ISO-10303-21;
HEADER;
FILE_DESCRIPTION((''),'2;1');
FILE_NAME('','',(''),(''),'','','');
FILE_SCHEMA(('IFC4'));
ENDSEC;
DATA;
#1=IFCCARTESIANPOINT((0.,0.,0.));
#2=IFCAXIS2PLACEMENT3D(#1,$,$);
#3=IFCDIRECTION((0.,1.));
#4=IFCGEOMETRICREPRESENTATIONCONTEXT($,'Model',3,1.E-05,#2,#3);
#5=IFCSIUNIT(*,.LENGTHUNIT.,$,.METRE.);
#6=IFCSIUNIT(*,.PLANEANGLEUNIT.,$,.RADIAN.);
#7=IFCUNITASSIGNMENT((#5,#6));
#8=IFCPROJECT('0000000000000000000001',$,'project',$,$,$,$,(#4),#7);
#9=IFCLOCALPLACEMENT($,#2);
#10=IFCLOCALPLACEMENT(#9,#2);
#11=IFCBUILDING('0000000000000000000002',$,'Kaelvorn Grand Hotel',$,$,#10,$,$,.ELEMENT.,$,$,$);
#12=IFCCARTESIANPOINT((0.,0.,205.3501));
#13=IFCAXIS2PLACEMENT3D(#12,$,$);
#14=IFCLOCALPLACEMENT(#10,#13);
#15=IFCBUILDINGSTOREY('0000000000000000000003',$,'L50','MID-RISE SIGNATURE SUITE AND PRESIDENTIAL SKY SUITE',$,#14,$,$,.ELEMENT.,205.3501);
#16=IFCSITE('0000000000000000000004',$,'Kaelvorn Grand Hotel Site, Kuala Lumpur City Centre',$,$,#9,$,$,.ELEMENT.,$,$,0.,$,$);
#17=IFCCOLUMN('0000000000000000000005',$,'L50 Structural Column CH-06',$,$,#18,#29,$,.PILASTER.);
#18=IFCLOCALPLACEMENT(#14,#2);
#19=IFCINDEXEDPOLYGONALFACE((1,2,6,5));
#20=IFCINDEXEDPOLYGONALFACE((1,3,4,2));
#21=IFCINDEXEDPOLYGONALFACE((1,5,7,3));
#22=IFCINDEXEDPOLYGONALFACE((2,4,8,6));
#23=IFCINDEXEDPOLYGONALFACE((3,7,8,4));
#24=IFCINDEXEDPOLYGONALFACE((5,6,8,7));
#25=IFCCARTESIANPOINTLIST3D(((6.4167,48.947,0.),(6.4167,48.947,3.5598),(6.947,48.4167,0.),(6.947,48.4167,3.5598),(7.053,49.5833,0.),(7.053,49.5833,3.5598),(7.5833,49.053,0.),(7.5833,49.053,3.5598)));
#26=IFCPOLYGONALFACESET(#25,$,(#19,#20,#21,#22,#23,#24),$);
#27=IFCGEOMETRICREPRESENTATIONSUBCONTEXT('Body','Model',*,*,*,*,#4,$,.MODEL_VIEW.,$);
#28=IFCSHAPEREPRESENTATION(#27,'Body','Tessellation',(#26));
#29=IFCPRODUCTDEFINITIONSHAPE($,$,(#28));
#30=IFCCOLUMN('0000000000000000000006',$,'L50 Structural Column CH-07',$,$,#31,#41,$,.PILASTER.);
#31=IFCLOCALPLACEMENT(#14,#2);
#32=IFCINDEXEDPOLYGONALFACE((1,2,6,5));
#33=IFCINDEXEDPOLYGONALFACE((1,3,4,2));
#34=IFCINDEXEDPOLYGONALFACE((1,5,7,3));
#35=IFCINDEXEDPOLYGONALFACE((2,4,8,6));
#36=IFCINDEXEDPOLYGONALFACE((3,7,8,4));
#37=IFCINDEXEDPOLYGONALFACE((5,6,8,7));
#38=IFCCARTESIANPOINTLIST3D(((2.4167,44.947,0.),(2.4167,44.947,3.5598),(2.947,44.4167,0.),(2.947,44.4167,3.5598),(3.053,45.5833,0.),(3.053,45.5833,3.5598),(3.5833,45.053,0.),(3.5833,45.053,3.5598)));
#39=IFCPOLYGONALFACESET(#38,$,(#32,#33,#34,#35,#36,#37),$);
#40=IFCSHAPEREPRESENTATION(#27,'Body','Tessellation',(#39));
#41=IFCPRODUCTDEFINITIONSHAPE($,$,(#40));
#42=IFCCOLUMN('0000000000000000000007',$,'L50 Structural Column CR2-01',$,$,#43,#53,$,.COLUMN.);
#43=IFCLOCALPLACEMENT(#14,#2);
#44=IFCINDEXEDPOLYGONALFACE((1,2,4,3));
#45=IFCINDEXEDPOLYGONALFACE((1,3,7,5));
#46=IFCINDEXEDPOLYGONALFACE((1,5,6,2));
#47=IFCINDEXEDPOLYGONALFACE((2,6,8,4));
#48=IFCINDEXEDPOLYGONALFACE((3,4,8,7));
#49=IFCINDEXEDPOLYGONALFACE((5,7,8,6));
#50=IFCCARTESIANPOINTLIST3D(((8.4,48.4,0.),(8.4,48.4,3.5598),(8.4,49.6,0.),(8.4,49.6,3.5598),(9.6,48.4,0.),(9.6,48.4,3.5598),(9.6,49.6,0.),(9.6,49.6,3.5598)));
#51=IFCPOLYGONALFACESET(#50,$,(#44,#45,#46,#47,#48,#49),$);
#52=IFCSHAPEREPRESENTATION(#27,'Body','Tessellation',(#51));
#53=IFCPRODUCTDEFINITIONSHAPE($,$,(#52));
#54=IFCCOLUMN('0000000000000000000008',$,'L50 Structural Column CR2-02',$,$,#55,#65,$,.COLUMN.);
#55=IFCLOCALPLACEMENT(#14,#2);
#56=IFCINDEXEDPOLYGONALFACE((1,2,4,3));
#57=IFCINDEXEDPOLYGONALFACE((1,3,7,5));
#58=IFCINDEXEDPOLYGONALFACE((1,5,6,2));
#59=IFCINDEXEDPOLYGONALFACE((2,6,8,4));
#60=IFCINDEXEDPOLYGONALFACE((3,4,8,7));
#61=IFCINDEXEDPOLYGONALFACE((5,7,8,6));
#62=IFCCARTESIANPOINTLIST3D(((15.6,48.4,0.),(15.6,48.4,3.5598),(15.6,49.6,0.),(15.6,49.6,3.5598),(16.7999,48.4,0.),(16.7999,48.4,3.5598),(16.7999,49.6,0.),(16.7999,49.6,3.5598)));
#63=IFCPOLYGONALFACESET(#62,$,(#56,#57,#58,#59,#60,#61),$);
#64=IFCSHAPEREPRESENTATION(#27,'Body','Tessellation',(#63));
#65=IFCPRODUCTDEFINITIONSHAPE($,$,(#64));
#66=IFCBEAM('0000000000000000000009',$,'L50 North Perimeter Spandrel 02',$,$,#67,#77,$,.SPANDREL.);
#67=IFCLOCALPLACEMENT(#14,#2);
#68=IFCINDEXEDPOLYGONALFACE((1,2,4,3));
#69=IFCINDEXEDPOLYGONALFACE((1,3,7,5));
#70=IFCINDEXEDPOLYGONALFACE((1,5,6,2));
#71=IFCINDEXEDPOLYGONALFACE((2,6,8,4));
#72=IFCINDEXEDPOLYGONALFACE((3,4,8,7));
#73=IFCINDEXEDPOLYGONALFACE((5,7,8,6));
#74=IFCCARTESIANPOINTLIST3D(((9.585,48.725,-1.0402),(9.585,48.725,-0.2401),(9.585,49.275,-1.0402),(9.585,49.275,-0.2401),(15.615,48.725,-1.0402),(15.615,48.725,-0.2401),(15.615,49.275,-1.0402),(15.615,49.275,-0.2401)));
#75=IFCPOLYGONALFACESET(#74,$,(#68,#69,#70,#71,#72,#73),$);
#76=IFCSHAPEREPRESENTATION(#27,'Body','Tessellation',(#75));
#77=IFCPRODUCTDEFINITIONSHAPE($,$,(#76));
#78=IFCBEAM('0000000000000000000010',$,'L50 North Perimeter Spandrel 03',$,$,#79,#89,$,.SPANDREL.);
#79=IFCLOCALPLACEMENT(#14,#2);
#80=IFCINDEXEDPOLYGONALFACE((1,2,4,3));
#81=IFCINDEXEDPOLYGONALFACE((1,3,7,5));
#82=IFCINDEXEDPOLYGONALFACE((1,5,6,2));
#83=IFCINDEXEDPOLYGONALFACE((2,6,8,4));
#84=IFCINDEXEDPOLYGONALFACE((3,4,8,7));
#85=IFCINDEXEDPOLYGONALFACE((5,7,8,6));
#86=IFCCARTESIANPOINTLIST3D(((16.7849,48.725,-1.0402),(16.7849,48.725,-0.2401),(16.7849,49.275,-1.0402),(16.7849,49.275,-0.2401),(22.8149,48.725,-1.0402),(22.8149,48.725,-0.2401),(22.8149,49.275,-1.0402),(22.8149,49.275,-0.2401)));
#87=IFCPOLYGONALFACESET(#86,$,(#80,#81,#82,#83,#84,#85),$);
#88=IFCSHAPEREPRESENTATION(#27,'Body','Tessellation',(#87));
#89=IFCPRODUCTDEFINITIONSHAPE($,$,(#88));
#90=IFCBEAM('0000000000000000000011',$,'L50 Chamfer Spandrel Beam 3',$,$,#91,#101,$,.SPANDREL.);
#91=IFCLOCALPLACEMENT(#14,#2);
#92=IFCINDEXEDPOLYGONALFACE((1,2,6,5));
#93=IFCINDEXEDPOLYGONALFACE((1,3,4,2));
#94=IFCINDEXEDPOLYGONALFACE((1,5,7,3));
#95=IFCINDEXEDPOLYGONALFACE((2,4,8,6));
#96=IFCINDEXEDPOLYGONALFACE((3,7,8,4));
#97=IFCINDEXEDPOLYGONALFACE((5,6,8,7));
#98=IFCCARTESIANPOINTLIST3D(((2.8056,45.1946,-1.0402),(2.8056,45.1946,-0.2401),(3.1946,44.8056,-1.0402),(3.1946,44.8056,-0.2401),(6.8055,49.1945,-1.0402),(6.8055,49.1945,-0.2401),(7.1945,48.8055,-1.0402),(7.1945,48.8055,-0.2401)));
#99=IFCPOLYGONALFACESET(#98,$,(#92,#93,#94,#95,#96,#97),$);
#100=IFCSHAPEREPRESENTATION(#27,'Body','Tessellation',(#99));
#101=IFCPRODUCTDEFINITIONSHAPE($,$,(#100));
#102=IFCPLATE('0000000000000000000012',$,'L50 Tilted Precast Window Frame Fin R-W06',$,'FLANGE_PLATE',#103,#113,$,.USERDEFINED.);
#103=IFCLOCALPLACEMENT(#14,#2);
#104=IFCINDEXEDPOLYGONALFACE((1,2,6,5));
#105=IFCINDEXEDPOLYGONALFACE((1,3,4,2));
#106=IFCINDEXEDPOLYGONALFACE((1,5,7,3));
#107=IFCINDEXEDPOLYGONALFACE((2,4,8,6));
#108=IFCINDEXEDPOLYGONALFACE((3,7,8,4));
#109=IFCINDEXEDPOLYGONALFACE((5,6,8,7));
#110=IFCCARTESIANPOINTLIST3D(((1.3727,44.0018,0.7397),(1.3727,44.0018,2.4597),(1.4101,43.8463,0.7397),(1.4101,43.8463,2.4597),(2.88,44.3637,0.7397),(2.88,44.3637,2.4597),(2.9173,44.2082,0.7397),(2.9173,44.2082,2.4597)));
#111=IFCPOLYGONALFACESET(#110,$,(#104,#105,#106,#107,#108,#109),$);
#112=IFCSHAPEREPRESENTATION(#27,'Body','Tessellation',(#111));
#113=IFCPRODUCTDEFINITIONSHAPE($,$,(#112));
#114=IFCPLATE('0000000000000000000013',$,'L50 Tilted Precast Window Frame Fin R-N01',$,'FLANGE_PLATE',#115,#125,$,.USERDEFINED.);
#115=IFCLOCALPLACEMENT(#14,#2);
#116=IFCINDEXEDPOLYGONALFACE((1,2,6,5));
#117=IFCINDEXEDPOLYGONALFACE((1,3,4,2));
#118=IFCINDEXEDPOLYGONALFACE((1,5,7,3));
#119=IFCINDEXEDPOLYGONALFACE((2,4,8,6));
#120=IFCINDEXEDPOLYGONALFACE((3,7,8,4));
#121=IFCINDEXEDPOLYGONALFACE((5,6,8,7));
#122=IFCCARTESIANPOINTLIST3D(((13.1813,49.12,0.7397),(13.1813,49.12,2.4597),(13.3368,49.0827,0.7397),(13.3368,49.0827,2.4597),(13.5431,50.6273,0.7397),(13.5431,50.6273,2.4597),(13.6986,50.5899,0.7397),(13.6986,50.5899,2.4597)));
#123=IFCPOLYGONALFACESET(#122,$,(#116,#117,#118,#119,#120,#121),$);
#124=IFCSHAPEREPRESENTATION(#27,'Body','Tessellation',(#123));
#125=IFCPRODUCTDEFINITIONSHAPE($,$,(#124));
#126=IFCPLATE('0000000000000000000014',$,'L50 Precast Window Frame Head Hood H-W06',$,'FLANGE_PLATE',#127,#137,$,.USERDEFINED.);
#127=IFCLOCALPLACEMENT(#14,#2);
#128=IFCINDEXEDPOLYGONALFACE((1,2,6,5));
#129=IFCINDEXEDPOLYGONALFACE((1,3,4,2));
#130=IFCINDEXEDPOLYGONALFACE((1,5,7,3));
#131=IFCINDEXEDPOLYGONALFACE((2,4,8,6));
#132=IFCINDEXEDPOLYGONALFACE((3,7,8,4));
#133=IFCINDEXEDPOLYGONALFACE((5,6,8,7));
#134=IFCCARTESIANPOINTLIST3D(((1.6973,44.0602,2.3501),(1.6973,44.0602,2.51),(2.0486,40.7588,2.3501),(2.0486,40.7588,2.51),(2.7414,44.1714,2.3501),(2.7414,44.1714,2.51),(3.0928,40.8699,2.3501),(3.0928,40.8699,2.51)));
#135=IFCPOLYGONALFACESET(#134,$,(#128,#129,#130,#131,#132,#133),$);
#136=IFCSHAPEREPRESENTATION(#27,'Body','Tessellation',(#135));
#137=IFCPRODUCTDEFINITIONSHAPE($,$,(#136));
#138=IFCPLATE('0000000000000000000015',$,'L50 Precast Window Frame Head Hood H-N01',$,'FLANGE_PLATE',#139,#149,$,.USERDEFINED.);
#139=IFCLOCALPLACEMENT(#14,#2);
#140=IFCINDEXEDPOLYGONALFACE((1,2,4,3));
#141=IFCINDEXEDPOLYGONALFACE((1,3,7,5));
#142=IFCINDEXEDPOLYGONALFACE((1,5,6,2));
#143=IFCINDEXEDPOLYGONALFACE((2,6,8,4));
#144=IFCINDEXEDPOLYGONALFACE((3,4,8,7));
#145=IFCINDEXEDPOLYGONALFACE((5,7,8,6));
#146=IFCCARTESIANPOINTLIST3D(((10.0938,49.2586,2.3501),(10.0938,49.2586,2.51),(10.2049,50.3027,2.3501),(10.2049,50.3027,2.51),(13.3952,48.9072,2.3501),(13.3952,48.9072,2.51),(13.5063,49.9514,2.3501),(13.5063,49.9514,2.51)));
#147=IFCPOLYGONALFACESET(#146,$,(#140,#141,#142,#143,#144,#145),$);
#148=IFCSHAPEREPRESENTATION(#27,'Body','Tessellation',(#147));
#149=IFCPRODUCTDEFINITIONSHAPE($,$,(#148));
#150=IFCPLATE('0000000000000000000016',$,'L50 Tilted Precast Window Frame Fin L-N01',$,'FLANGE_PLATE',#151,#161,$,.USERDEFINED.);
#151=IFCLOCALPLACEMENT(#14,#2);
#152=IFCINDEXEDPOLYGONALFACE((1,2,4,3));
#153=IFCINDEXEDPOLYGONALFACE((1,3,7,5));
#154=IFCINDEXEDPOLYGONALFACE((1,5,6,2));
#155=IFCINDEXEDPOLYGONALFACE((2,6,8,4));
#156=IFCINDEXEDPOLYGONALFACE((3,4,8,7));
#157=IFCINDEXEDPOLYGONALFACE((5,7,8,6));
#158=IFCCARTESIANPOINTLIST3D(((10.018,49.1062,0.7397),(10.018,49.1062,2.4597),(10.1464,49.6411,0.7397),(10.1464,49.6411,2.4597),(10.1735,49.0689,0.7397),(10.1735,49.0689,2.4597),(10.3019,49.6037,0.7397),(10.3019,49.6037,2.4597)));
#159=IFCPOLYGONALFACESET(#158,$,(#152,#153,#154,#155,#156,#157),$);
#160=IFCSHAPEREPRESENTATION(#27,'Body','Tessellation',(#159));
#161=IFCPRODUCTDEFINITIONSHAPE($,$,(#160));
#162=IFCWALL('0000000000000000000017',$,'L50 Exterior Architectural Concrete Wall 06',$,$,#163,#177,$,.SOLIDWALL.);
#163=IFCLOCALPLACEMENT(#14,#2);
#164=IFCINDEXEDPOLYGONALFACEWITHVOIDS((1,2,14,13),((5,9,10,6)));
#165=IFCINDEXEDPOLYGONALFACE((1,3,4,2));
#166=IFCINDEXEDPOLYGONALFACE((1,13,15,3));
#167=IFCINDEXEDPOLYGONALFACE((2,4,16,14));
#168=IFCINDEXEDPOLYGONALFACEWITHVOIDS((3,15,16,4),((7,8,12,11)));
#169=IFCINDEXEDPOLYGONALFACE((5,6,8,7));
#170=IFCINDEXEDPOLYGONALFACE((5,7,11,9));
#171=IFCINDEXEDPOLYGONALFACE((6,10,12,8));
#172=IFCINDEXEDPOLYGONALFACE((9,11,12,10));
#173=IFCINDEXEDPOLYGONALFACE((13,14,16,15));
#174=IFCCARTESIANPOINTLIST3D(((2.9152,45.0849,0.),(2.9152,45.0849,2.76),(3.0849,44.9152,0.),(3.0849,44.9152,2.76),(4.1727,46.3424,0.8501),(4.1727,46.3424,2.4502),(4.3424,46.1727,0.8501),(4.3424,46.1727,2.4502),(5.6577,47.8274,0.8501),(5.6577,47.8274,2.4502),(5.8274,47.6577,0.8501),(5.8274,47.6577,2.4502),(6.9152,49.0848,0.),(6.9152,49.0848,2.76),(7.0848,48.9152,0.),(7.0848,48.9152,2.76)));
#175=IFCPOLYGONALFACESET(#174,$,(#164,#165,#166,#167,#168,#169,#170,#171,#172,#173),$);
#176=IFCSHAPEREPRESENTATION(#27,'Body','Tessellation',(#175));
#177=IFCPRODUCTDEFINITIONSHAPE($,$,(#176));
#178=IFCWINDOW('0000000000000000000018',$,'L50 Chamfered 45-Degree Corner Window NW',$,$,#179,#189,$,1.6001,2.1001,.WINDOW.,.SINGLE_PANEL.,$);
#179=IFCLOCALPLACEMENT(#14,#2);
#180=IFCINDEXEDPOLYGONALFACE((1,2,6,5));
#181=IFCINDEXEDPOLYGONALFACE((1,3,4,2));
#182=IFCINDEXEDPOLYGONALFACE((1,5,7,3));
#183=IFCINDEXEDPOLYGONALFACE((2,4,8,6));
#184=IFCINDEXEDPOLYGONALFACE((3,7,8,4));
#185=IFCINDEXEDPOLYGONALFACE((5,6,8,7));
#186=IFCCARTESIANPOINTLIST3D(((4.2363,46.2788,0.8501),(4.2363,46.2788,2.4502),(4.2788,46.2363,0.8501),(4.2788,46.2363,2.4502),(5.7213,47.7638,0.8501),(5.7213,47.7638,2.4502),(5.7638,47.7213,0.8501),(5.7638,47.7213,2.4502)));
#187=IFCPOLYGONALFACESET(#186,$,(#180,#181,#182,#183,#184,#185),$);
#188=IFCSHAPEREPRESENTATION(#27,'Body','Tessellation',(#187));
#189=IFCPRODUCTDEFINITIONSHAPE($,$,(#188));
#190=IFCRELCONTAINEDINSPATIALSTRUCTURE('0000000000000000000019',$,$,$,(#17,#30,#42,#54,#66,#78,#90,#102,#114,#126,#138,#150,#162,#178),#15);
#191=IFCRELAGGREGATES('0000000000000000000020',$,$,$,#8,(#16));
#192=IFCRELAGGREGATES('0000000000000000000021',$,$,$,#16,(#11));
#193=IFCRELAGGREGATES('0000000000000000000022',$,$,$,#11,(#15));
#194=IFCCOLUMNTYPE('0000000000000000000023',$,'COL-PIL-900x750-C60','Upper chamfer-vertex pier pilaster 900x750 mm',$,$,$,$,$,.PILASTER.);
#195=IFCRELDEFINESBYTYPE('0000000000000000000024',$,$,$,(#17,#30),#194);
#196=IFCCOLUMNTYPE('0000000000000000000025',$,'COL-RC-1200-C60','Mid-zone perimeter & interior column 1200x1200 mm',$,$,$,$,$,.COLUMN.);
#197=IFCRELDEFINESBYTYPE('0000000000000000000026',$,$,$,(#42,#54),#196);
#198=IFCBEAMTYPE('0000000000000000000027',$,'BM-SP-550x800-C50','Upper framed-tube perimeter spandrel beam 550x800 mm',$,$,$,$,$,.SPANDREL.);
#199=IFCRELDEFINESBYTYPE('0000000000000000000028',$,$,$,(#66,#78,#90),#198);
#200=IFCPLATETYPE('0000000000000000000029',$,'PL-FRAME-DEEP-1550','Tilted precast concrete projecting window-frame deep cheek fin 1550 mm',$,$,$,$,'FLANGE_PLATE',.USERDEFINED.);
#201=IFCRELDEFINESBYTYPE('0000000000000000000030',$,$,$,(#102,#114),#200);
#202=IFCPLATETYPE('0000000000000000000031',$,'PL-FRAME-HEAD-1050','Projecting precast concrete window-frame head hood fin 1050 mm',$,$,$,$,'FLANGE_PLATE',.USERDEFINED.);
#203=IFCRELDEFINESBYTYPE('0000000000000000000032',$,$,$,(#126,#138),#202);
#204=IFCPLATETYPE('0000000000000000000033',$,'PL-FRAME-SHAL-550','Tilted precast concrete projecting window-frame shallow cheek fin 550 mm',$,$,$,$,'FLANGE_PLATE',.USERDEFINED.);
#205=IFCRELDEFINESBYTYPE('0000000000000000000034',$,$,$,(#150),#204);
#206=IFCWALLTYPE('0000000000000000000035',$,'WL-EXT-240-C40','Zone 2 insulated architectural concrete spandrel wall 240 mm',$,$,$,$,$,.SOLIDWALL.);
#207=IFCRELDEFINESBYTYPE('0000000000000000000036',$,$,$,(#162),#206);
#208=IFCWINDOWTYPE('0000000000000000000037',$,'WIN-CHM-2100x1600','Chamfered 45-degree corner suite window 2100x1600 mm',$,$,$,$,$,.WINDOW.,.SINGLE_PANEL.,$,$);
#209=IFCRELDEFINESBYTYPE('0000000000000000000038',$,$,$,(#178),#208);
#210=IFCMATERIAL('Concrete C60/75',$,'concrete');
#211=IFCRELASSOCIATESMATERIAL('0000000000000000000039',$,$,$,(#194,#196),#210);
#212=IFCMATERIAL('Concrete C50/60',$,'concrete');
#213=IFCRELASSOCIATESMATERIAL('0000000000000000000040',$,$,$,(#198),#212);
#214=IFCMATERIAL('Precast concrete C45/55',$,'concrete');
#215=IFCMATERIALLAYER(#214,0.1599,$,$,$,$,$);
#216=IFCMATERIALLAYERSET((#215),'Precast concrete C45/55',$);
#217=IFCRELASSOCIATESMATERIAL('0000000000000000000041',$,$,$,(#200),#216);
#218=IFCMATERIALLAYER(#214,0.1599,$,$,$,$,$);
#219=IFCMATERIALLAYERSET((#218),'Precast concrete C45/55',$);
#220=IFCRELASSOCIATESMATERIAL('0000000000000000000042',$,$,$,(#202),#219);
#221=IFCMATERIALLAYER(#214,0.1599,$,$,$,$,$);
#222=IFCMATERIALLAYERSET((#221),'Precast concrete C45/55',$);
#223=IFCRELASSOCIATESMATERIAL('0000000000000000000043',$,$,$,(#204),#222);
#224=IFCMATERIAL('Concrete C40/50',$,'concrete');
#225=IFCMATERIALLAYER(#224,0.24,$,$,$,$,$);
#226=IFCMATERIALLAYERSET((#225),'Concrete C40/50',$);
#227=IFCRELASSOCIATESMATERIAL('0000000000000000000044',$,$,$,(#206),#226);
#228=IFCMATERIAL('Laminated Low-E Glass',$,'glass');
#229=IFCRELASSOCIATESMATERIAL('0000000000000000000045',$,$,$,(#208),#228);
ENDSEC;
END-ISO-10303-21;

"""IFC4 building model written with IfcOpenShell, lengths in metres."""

from ifc_helpers import new_model, si_unit, direction, frame, frame_2d, origin, origin_2d, place, context, subcontext, project, spatial, rectangle, extrude, material, layer, layer_set, material_profile, profile_set, type_object, element, fill, save


model = new_model("IFC4")

# Units and contexts
model_context = context("Model", 3, precision=1e-05, world=origin(), true_north=direction((0.0, 1.0)))
body_context = subcontext(model_context, "Body", "Model", "MODEL_VIEW")
ifc_project = project(units=[si_unit("LENGTHUNIT", "METRE"), si_unit("PLANEANGLEUNIT", "RADIAN")], contexts=[model_context])

# Site, building, storey
site_placement = place(None, origin())
site = spatial("IfcSite", under=ifc_project, at=site_placement, Name="Kaelvorn Grand Hotel Site, Kuala Lumpur City Centre", CompositionType="ELEMENT", RefElevation=0.0)
building_placement = place(site_placement, origin())
building = spatial("IfcBuilding", under=site, at=building_placement, Name="Kaelvorn Grand Hotel", CompositionType="ELEMENT")
storey_placement = place(building_placement, frame((0.0, 0.0, 205.3501)))
storey = spatial("IfcBuildingStorey", under=building, at=storey_placement, Name="L50", Description="MID-RISE SIGNATURE SUITE AND PRESIDENTIAL SKY SUITE", CompositionType="ELEMENT", Elevation=205.3501)

# Columns
ifc_material_1 = material(Name="Concrete C60/75", Category="concrete")
ifc_material_profile_1 = material_profile(ifc_material_1, rectangle(XDim=0.8999, YDim=0.75, at=origin_2d()), Name="RC PILASTER 900x750")
ifc_profile_set_1 = profile_set([ifc_material_profile_1], Name="Concrete C60/75")
column_type_1 = type_object("IfcColumnType", Name="COL-PIL-900x750-C60", Description="Upper chamfer-vertex pier pilaster 900x750 mm", PredefinedType="PILASTER", material=ifc_profile_set_1)
for number, where, z_axis, x_axis, name in (
    (1, (7.0, 49.0, 0.0), (0.0, 0.0, 1.0), (0.707107, 0.707107, 0.0), "L50 Structural Column CH-06"),
    (2, (3.0, 45.0, 0.0), (0.0, 0.0, 1.0), (0.707107, 0.707107, 0.0), "L50 Structural Column CH-07"),
):
    element("IfcColumn", number, at=place(storey_placement, frame(where, z_axis=z_axis, x_axis=x_axis)), inside=storey, type_object=column_type_1, Name=name, PredefinedType="PILASTER", context=body_context, shape_type="SweptSolid", body=[
        extrude(rectangle(XDim=0.8999, YDim=0.75, at=origin_2d()), origin(), (0.0, 0.0, 1.0), 3.5598),
    ])
ifc_material_profile_2 = material_profile(ifc_material_1, rectangle(XDim=1.2, YDim=1.2, at=origin_2d()), Name="RC COL 1200x1200")
ifc_profile_set_2 = profile_set([ifc_material_profile_2], Name="Concrete C60/75")
column_type_2 = type_object("IfcColumnType", Name="COL-RC-1200-C60", Description="Mid-zone perimeter & interior column 1200x1200 mm", PredefinedType="COLUMN", material=ifc_profile_set_2)
for number, where, z_axis, x_axis, name in (
    (3, (9.0, 49.0, 0.0), (0.0, 0.0, 1.0), (1.0, 0.0, 0.0), "L50 Structural Column CR2-01"),
    (4, (16.2, 49.0, 0.0), (0.0, 0.0, 1.0), (1.0, 0.0, 0.0), "L50 Structural Column CR2-02"),
):
    element("IfcColumn", number, at=place(storey_placement, frame(where, z_axis=z_axis, x_axis=x_axis)), inside=storey, type_object=column_type_2, Name=name, PredefinedType="COLUMN", context=body_context, shape_type="SweptSolid", body=[
        extrude(rectangle(XDim=1.2, YDim=1.2, at=origin_2d()), origin(), (0.0, 0.0, 1.0), 3.5598),
    ])

# Beams
ifc_material_2 = material(Name="Concrete C50/60", Category="concrete")
ifc_material_profile_3 = material_profile(ifc_material_2, rectangle(XDim=0.55, YDim=0.8, at=origin_2d()), Name="RC SPANDREL 550x800")
ifc_profile_set_3 = profile_set([ifc_material_profile_3], Name="Concrete C50/60")
beam_type = type_object("IfcBeamType", Name="BM-SP-550x800-C50", Description="Upper framed-tube perimeter spandrel beam 550x800 mm", PredefinedType="SPANDREL", material=ifc_profile_set_3)
for number, where, z_axis, x_axis, name in (
    (5, (9.585, 49.0, -0.6401), (1.0, 0.0, 0.0), (0.0, 1.0, 0.0), "L50 North Perimeter Spandrel 02"),
    (6, (16.7849, 49.0, -0.6401), (1.0, 0.0, 0.0), (0.0, 1.0, 0.0), "L50 North Perimeter Spandrel 03"),
):
    element("IfcBeam", number, at=place(storey_placement, frame(where, z_axis=z_axis, x_axis=x_axis)), inside=storey, type_object=beam_type, Name=name, PredefinedType="SPANDREL", context=body_context, shape_type="SweptSolid", body=[
        extrude(rectangle(XDim=0.55, YDim=0.8, at=origin_2d()), origin(), (0.0, 0.0, 1.0), 6.03),
    ])
beam_placement = place(storey_placement, frame((7.0, 49.0, -0.6401), z_axis=(-0.707107, -0.707107, 0.0), x_axis=(0.707107, -0.707107, 0.0)))
element("IfcBeam", 7, at=beam_placement, inside=storey, type_object=beam_type, Name="L50 Chamfer Spandrel Beam 3", PredefinedType="SPANDREL", context=body_context, shape_type="SweptSolid", body=[
    extrude(rectangle(XDim=0.55, YDim=0.8, at=origin_2d()), origin(), (0.0, 0.0, 1.0), 5.6567),
])

# Plates
ifc_material_3 = material(Name="Precast concrete C45/55", Category="concrete")
ifc_layer_1 = layer(ifc_material_3, 0.1599)
ifc_layer_set_1 = layer_set([ifc_layer_1], Name="Precast concrete C45/55")
plate_type_1 = type_object("IfcPlateType", Name="PL-FRAME-DEEP-1550", Description="Tilted precast concrete projecting window-frame deep cheek fin 1550 mm", ElementType="FLANGE_PLATE", PredefinedType="USERDEFINED", material=ifc_layer_set_1)
for number, where, z_axis, x_axis, name in (
    (8, (2.145, 44.105, 0.7397), (0.0, 0.0, 1.0), (-0.233445, 0.97237, 0.0), "L50 Tilted Precast Window Frame Fin R-W06"),
    (9, (13.4399, 49.855, 0.7397), (0.0, 0.0, 1.0), (0.97237, -0.233445, 0.0), "L50 Tilted Precast Window Frame Fin R-N01"),
):
    element("IfcPlate", number, at=place(storey_placement, frame(where, z_axis=z_axis, x_axis=x_axis)), inside=storey, type_object=plate_type_1, Name=name, ObjectType="FLANGE_PLATE", PredefinedType="USERDEFINED", context=body_context, shape_type="SweptSolid", body=[
        extrude(rectangle(XDim=0.1599, YDim=1.55, at=origin_2d()), origin(), (0.0, 0.0, 1.0), 1.72),
    ])
ifc_layer_2 = layer(ifc_material_3, 0.1599)
ifc_layer_set_2 = layer_set([ifc_layer_2], Name="Precast concrete C45/55")
plate_type_2 = type_object("IfcPlateType", Name="PL-FRAME-HEAD-1050", Description="Projecting precast concrete window-frame head hood fin 1050 mm", ElementType="FLANGE_PLATE", PredefinedType="USERDEFINED", material=ifc_layer_set_2)
for number, where, z_axis, x_axis, name in (
    (10, (2.395, 42.4651, 2.3501), (0.0, 0.0, 1.0), (-0.10583, 0.994384, 0.0), "L50 Precast Window Frame Head Hood H-W06"),
    (11, (11.8, 49.605, 2.3501), (0.0, 0.0, 1.0), (0.994384, -0.10583, 0.0), "L50 Precast Window Frame Head Hood H-N01"),
):
    element("IfcPlate", number, at=place(storey_placement, frame(where, z_axis=z_axis, x_axis=x_axis)), inside=storey, type_object=plate_type_2, Name=name, ObjectType="FLANGE_PLATE", PredefinedType="USERDEFINED", context=body_context, shape_type="SweptSolid", body=[
        extrude(rectangle(XDim=3.3201, YDim=1.05, at=origin_2d()), origin(), (0.0, 0.0, 1.0), 0.1599),
    ])
ifc_layer_3 = layer(ifc_material_3, 0.1599)
ifc_layer_set_3 = layer_set([ifc_layer_3], Name="Precast concrete C45/55")
plate_type_3 = type_object("IfcPlateType", Name="PL-FRAME-SHAL-550", Description="Tilted precast concrete projecting window-frame shallow cheek fin 550 mm", ElementType="FLANGE_PLATE", PredefinedType="USERDEFINED", material=ifc_layer_set_3)
plate_placement = place(storey_placement, frame((10.1599, 49.355, 0.7397), z_axis=(0.0, 0.0, 1.0), x_axis=(0.97237, -0.233445, 0.0)))
element("IfcPlate", 12, at=plate_placement, inside=storey, type_object=plate_type_3, Name="L50 Tilted Precast Window Frame Fin L-N01", ObjectType="FLANGE_PLATE", PredefinedType="USERDEFINED", context=body_context, shape_type="SweptSolid", body=[
    extrude(rectangle(XDim=0.1599, YDim=0.55, at=origin_2d()), origin(), (0.0, 0.0, 1.0), 1.72),
])

# Wall, opening, window
ifc_material_4 = material(Name="Concrete C40/50", Category="concrete")
ifc_layer_4 = layer(ifc_material_4, 0.24)
ifc_layer_set_4 = layer_set([ifc_layer_4], Name="Concrete C40/50")
wall_type_1 = type_object("IfcWallType", Name="WL-EXT-240-C40", Description="Zone 2 insulated architectural concrete spandrel wall 240 mm", PredefinedType="SOLIDWALL", material=ifc_layer_set_4)
wall_1_placement = place(storey_placement, frame((7.0, 49.0, 0.0), z_axis=(0.0, 0.0, 1.0), x_axis=(-0.707107, -0.707107, 0.0)))
wall_1 = element("IfcWall", 13, at=wall_1_placement, inside=storey, type_object=wall_type_1, Name="L50 Exterior Architectural Concrete Wall 06", PredefinedType="SOLIDWALL", context=body_context, shape_type="SweptSolid", body=[
    extrude(rectangle(XDim=5.6567, YDim=0.24, at=frame_2d((2.8284, 0.0))), origin(), (0.0, 0.0, 1.0), 2.76),
])
opening_1_placement = place(wall_1_placement, frame((1.7783, 0.0, 0.8501)))
opening_1 = element("IfcOpeningElement", 14, at=opening_1_placement, cuts=wall_1, PredefinedType="OPENING", context=body_context, shape_type="SweptSolid", body=[
    extrude(rectangle(XDim=2.1001, YDim=1.6001, at=frame_2d((1.05, 0.8))), frame((0.0, 0.1299, 0.0), z_axis=(0.0, -1.0, 0.0), x_axis=(1.0, 0.0, 0.0)), (0.0, 0.0, 1.0), 0.26),
])
ifc_material_5 = material(Name="Laminated Low-E Glass", Category="glass")
window_type_1 = type_object("IfcWindowType", Name="WIN-CHM-2100x1600", Description="Chamfered 45-degree corner suite window 2100x1600 mm", PartitioningType="SINGLE_PANEL", PredefinedType="WINDOW", material=ifc_material_5)
window_1_placement = place(opening_1_placement, origin())
window_1 = element("IfcWindow", 15, at=window_1_placement, inside=storey, type_object=window_type_1, Name="L50 Chamfered 45-Degree Corner Window NW", OverallHeight=1.6001, OverallWidth=2.1001, PartitioningType="SINGLE_PANEL", PredefinedType="WINDOW", context=body_context, shape_type="SweptSolid", body=[
    extrude(rectangle(XDim=2.1001, YDim=1.6001, at=frame_2d((1.05, 0.8))), frame((0.0, 0.03, 0.0), z_axis=(0.0, -1.0, 0.0), x_axis=(1.0, 0.0, 0.0)), (0.0, 0.0, 1.0), 0.0601),
])
fill(opening_1, window_1)

save(model, "model.ifc")
